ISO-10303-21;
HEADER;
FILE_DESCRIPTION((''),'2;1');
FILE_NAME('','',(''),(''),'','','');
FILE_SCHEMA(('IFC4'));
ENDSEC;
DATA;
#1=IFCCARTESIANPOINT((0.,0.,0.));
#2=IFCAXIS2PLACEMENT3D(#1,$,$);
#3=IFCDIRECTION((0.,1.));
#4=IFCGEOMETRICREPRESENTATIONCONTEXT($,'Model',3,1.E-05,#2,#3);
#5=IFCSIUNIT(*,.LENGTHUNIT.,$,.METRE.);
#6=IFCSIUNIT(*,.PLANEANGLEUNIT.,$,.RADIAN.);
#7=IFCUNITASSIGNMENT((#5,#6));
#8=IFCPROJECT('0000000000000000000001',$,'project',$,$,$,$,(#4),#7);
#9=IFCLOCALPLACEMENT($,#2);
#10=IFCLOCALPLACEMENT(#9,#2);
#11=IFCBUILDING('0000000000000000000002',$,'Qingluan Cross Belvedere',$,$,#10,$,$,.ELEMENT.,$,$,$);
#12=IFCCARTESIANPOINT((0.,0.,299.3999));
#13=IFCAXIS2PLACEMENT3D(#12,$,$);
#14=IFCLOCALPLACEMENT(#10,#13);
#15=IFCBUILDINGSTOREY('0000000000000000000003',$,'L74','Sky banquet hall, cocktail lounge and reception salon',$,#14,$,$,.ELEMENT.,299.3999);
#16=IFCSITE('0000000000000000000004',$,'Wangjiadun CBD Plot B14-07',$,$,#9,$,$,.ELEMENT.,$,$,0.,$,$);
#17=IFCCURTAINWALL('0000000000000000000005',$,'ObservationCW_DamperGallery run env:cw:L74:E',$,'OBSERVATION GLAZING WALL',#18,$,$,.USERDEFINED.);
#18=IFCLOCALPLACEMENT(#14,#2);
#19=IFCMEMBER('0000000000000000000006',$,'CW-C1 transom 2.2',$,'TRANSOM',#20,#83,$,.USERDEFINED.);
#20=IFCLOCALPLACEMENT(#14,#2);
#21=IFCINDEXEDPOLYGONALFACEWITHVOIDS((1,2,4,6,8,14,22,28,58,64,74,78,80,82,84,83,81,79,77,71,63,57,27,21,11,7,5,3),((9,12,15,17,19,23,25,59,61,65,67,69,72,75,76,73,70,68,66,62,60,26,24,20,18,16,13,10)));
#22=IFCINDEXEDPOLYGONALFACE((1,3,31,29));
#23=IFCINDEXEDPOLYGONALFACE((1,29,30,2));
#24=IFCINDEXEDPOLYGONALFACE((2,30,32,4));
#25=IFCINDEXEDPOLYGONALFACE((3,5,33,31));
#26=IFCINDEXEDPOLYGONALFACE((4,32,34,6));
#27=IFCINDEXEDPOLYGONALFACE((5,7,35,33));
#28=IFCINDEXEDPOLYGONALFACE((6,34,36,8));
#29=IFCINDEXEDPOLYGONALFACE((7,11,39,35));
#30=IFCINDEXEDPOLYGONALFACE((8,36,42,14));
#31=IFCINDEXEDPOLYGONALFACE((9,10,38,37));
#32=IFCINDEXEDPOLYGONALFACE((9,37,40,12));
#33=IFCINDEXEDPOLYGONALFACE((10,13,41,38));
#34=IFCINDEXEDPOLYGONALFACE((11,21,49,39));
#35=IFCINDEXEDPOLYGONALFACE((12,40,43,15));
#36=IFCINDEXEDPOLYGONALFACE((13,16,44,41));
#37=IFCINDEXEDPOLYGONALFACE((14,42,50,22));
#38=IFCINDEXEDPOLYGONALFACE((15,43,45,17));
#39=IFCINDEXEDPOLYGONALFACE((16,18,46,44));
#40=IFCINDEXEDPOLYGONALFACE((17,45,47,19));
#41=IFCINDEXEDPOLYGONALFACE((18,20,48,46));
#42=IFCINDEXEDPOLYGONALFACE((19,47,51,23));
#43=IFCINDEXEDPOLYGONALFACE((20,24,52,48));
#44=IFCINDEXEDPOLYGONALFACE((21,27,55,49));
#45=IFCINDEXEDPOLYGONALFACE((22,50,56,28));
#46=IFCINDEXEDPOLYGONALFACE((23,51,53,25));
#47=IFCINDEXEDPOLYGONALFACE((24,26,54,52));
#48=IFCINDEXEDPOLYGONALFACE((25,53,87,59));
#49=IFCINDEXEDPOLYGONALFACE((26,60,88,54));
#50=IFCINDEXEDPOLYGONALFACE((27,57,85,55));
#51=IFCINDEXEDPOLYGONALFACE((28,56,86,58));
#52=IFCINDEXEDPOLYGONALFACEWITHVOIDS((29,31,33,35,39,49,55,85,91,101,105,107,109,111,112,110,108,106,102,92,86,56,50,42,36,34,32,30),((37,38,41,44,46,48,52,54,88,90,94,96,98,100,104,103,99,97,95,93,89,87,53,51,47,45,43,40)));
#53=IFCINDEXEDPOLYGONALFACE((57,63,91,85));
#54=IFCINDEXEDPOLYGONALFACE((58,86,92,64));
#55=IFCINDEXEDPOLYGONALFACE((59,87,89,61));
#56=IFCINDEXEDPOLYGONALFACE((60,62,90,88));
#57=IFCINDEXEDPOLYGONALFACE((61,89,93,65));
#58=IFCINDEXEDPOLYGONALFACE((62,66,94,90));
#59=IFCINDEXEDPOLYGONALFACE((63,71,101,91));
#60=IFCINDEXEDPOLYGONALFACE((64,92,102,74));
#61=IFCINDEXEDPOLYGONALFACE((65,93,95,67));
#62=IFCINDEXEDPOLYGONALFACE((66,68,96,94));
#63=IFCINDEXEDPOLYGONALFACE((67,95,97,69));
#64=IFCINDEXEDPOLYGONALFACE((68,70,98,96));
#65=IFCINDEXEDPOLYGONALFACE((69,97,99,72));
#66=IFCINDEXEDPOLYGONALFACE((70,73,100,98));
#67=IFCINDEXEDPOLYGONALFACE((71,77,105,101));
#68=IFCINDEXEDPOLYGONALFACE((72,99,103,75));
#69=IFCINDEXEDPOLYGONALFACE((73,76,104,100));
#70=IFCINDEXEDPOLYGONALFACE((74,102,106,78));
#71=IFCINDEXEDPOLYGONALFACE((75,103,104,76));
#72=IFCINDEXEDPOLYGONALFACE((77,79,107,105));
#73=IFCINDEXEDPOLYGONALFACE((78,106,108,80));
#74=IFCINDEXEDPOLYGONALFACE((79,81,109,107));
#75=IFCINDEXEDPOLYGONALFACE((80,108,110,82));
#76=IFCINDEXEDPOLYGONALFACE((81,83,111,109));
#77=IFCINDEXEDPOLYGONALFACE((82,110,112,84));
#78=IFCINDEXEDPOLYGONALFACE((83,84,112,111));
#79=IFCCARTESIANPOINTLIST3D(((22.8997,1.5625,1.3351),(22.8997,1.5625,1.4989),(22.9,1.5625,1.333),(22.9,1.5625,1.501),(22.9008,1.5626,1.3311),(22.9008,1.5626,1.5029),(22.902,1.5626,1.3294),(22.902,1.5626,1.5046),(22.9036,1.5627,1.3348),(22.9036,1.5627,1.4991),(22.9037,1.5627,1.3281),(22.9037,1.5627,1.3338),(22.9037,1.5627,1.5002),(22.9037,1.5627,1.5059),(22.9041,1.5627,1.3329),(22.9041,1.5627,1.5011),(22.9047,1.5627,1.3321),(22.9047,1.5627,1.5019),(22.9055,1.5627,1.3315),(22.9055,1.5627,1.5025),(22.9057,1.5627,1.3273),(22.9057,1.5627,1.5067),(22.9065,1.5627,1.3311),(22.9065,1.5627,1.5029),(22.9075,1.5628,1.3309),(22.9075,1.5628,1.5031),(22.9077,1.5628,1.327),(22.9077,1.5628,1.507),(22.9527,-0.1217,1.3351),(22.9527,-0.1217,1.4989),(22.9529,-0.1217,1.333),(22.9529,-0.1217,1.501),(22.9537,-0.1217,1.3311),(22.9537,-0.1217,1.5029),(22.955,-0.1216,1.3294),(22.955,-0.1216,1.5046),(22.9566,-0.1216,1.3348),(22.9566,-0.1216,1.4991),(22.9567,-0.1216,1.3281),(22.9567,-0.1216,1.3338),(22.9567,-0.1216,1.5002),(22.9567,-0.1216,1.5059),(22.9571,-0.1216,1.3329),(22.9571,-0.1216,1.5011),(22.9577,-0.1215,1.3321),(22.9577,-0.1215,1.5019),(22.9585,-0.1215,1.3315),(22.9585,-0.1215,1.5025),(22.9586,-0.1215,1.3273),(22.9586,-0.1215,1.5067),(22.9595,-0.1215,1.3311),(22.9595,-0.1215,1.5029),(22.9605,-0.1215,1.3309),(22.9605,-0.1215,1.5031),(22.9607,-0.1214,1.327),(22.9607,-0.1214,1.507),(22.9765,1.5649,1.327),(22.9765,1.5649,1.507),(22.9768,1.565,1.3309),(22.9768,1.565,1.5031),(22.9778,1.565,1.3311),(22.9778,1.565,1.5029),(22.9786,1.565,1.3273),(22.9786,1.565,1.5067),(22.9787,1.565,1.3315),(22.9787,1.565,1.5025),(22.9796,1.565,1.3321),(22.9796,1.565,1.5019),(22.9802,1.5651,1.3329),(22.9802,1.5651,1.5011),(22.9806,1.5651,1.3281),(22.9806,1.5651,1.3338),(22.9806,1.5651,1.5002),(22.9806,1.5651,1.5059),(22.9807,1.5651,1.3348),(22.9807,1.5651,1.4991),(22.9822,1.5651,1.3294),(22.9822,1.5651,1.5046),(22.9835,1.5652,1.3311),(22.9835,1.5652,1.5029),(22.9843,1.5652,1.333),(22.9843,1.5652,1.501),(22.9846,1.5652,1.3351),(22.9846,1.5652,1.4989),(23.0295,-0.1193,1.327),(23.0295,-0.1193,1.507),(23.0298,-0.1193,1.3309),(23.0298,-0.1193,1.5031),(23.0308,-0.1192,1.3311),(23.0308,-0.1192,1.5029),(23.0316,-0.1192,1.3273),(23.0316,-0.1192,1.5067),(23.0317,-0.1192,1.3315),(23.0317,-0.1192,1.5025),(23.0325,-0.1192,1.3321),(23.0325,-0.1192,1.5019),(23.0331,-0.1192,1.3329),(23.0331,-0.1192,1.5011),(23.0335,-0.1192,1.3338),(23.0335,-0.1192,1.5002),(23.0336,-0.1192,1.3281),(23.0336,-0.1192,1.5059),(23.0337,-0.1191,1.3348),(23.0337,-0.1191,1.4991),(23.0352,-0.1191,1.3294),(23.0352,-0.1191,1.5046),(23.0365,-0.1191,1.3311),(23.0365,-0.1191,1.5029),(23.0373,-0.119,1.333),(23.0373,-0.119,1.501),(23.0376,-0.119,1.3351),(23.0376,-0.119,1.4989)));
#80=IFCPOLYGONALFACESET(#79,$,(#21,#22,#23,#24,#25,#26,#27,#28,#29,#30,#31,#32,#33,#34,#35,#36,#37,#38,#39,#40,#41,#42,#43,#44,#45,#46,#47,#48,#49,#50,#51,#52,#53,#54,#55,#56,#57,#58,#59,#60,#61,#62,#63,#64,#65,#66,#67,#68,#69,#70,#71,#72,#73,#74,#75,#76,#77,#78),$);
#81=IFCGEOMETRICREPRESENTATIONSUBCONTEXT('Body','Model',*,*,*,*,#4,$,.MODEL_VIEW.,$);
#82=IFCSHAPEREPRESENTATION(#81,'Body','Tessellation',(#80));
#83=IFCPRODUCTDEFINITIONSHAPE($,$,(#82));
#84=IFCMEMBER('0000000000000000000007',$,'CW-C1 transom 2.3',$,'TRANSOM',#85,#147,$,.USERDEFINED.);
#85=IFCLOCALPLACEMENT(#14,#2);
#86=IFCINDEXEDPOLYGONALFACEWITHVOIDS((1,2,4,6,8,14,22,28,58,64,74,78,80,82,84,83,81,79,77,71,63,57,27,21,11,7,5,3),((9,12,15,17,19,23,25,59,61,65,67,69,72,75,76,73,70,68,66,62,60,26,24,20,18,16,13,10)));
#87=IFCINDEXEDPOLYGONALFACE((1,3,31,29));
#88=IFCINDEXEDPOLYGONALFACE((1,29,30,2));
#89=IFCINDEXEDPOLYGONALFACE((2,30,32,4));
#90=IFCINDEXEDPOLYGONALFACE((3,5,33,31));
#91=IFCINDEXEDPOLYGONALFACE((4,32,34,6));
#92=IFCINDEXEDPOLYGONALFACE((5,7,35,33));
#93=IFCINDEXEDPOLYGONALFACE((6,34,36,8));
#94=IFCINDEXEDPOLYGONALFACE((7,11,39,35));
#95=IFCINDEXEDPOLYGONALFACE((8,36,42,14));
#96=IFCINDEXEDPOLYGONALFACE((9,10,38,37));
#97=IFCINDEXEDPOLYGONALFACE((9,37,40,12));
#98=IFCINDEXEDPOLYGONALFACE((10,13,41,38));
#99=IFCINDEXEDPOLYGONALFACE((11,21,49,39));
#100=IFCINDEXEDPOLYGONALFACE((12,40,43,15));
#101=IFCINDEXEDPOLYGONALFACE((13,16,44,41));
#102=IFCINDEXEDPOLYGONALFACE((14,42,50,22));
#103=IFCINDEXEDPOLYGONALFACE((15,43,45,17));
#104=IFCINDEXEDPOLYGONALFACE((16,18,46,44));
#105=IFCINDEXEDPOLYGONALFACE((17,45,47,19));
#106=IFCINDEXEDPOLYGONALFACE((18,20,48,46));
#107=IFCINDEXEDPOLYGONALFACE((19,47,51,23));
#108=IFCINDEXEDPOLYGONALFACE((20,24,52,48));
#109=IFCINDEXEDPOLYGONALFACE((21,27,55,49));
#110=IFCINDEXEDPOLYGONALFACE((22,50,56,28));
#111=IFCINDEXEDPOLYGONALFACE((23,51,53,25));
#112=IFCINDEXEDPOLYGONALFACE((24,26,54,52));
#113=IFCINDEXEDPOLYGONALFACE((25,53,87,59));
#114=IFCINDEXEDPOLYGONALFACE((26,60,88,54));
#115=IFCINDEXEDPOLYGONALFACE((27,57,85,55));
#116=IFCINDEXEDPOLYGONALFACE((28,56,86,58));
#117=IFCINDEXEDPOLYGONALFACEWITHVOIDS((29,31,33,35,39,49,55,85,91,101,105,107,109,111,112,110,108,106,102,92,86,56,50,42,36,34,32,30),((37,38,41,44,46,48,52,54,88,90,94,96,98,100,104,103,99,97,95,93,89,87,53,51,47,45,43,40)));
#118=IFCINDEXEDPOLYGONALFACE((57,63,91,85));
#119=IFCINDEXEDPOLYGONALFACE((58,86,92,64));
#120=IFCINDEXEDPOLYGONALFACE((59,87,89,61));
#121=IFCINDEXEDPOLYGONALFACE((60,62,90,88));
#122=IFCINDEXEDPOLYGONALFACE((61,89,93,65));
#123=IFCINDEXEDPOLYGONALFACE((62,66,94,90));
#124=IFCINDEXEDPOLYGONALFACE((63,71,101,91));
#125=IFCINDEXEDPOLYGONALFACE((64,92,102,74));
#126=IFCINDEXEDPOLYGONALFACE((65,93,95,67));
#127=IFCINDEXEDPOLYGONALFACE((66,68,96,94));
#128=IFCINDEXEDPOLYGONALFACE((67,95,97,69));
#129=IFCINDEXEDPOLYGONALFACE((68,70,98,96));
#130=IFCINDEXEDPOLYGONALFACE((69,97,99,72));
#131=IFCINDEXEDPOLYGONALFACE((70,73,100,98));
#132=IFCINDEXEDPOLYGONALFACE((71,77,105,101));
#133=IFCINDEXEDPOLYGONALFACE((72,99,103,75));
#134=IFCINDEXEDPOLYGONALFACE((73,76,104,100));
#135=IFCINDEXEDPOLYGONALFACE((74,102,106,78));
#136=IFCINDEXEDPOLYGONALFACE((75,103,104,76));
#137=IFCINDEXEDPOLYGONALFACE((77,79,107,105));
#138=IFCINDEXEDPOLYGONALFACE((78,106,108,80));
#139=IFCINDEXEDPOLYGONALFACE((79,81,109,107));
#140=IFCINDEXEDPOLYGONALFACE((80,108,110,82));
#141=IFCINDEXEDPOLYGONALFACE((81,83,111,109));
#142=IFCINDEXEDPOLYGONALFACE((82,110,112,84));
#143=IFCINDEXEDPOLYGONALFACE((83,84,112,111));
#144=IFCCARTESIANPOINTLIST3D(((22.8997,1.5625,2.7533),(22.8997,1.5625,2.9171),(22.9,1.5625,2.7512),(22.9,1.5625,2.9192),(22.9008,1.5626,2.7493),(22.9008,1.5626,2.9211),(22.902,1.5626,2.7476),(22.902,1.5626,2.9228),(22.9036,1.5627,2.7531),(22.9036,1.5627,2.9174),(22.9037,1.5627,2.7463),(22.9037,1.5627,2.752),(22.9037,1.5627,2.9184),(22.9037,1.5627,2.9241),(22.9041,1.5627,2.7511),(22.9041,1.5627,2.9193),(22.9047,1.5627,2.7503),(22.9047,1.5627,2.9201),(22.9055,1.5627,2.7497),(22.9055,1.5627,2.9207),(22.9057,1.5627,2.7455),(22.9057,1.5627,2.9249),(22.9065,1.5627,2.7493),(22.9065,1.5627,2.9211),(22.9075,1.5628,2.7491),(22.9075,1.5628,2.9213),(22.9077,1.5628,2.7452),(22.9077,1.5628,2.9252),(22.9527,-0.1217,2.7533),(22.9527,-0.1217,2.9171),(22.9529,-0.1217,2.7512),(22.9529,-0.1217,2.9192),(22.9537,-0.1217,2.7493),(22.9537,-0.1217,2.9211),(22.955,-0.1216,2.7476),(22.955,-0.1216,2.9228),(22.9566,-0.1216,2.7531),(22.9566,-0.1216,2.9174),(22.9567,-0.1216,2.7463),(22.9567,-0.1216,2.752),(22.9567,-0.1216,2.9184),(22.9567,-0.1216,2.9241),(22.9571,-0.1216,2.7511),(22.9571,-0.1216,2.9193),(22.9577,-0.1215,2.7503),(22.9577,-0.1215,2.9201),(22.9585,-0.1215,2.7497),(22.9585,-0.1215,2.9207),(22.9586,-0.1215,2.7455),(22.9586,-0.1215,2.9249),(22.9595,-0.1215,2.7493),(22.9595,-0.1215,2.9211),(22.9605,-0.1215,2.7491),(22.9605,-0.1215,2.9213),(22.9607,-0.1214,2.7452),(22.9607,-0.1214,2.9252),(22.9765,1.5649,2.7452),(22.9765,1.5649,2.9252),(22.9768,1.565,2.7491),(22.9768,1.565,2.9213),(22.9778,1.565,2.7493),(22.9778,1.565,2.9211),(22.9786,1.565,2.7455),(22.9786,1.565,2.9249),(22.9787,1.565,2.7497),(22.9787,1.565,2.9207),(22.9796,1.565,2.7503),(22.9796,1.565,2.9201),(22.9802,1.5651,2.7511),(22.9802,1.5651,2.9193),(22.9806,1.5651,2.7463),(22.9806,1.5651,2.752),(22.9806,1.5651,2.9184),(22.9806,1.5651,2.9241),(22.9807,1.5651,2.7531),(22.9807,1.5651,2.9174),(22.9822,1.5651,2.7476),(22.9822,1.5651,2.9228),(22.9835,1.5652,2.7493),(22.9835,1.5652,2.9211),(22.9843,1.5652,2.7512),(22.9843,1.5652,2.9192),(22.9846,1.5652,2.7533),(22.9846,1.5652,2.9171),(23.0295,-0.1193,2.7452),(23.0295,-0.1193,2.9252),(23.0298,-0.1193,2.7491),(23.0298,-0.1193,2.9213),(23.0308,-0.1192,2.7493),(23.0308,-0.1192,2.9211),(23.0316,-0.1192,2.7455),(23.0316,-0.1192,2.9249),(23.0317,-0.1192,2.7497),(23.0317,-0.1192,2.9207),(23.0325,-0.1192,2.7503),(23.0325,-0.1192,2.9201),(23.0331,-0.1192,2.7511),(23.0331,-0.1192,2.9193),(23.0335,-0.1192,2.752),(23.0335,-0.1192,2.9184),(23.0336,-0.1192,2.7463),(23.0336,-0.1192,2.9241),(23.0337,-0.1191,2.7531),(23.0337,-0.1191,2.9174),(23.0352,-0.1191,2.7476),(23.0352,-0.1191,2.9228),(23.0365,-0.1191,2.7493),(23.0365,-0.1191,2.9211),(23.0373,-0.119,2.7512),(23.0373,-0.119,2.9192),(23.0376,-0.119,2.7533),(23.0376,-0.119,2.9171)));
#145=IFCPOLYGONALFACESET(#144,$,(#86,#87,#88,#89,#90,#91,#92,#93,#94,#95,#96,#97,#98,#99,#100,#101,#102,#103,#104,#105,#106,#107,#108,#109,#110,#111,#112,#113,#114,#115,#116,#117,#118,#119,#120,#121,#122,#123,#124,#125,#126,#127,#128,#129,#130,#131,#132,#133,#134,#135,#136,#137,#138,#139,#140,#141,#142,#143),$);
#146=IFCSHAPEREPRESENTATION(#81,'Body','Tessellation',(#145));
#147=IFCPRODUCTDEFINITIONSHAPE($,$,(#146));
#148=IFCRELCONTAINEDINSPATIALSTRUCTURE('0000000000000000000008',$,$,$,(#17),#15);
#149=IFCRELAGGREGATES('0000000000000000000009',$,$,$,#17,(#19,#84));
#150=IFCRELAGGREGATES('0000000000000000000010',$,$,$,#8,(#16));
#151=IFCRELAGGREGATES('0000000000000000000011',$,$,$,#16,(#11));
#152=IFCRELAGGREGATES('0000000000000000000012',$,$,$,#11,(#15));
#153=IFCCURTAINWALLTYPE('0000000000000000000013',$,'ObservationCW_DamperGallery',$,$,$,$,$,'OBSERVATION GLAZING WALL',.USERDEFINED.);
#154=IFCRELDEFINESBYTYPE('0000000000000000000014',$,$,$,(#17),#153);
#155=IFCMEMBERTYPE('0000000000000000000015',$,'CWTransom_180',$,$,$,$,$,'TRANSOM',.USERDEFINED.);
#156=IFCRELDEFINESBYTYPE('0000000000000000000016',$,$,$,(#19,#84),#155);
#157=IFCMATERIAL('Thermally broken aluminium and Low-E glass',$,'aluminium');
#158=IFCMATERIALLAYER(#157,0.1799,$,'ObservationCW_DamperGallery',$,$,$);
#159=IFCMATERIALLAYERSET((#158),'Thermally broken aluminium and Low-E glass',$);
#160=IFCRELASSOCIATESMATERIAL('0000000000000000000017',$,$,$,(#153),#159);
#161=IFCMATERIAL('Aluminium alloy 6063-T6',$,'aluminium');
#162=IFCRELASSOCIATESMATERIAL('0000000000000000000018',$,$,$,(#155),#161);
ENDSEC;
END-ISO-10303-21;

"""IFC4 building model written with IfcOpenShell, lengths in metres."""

from ifc_helpers import new_model, si_unit, direction, frame, origin, origin_2d, place, context, subcontext, project, spatial, hollow_rectangle, extrude, material, layer, layer_set, material_profile, profile_set, type_object, element, aggregate, save


model = new_model("IFC4")

# Units and contexts
model_context = context("Model", 3, precision=1e-05, world=origin(), true_north=direction((0.0, 1.0)))
body_context = subcontext(model_context, "Body", "Model", "MODEL_VIEW")
ifc_project = project(units=[si_unit("LENGTHUNIT", "METRE"), si_unit("PLANEANGLEUNIT", "RADIAN")], contexts=[model_context])

# Site, building, storey
site_placement = place(None, origin())
site = spatial("IfcSite", under=ifc_project, at=site_placement, Name="Wangjiadun CBD Plot B14-07", CompositionType="ELEMENT", RefElevation=0.0)
building_placement = place(site_placement, origin())
building = spatial("IfcBuilding", under=site, at=building_placement, Name="Qingluan Cross Belvedere", CompositionType="ELEMENT")
storey_placement = place(building_placement, frame((0.0, 0.0, 299.3999)))
storey = spatial("IfcBuildingStorey", under=building, at=storey_placement, Name="L74", Description="Sky banquet hall, cocktail lounge and reception salon", CompositionType="ELEMENT", Elevation=299.3999)

# Curtain wall, members
ifc_material_1 = material(Name="Thermally broken aluminium and Low-E glass", Category="aluminium")
ifc_layer_1 = layer(ifc_material_1, 0.1799, Name="ObservationCW_DamperGallery")
ifc_layer_set_1 = layer_set([ifc_layer_1], Name="Thermally broken aluminium and Low-E glass")
curtain_wall_type = type_object("IfcCurtainWallType", Name="ObservationCW_DamperGallery", ElementType="OBSERVATION GLAZING WALL", PredefinedType="USERDEFINED", material=ifc_layer_set_1)
curtain_wall_placement = place(storey_placement, origin())
curtain_wall = element("IfcCurtainWall", 1, at=curtain_wall_placement, inside=storey, type_object=curtain_wall_type, Name="ObservationCW_DamperGallery run env:cw:L74:E", ObjectType="OBSERVATION GLAZING WALL", PredefinedType="USERDEFINED")
ifc_material_2 = material(Name="Aluminium alloy 6063-T6", Category="aluminium")
ifc_material_profile_1 = material_profile(ifc_material_2, hollow_rectangle(XDim=0.085, YDim=0.1799, WallThickness=0.0039, InnerFilletRadius=0.0039, OuterFilletRadius=0.0081, at=origin_2d()), Name="CWT180x85x4")
ifc_profile_set_1 = profile_set([ifc_material_profile_1], Name="Aluminium alloy 6063-T6")
member_type_1 = type_object("IfcMemberType", Name="CWTransom_180", ElementType="TRANSOM", PredefinedType="USERDEFINED", material=ifc_profile_set_1)
member_1_placement = place(storey_placement, frame((22.9951, -0.1204, 1.417), z_axis=(-0.031438, 0.999506, 0.0), x_axis=(-0.999506, -0.031438, 0.0)))
member_1 = element("IfcMember", 2, at=member_1_placement, type_object=member_type_1, Name="CW-C1 transom 2.2", ObjectType="TRANSOM", PredefinedType="USERDEFINED", context=body_context, shape_type="SweptSolid", body=[
    extrude(hollow_rectangle(XDim=0.085, YDim=0.1799, WallThickness=0.0039, InnerFilletRadius=0.0039, OuterFilletRadius=0.0081, at=origin_2d()), origin(), (0.0, 0.0, 1.0), 1.6851),
])
member_2_placement = place(storey_placement, frame((22.9951, -0.1204, 2.8352), z_axis=(-0.031438, 0.999506, 0.0), x_axis=(-0.999506, -0.031438, 0.0)))
member_2 = element("IfcMember", 3, at=member_2_placement, type_object=member_type_1, Name="CW-C1 transom 2.3", ObjectType="TRANSOM", PredefinedType="USERDEFINED", context=body_context, shape_type="SweptSolid", body=[
    extrude(hollow_rectangle(XDim=0.085, YDim=0.1799, WallThickness=0.0039, InnerFilletRadius=0.0039, OuterFilletRadius=0.0081, at=origin_2d()), origin(), (0.0, 0.0, 1.0), 1.6851),
])
aggregate(curtain_wall, [member_1, member_2])

save(model, "model.ifc")
